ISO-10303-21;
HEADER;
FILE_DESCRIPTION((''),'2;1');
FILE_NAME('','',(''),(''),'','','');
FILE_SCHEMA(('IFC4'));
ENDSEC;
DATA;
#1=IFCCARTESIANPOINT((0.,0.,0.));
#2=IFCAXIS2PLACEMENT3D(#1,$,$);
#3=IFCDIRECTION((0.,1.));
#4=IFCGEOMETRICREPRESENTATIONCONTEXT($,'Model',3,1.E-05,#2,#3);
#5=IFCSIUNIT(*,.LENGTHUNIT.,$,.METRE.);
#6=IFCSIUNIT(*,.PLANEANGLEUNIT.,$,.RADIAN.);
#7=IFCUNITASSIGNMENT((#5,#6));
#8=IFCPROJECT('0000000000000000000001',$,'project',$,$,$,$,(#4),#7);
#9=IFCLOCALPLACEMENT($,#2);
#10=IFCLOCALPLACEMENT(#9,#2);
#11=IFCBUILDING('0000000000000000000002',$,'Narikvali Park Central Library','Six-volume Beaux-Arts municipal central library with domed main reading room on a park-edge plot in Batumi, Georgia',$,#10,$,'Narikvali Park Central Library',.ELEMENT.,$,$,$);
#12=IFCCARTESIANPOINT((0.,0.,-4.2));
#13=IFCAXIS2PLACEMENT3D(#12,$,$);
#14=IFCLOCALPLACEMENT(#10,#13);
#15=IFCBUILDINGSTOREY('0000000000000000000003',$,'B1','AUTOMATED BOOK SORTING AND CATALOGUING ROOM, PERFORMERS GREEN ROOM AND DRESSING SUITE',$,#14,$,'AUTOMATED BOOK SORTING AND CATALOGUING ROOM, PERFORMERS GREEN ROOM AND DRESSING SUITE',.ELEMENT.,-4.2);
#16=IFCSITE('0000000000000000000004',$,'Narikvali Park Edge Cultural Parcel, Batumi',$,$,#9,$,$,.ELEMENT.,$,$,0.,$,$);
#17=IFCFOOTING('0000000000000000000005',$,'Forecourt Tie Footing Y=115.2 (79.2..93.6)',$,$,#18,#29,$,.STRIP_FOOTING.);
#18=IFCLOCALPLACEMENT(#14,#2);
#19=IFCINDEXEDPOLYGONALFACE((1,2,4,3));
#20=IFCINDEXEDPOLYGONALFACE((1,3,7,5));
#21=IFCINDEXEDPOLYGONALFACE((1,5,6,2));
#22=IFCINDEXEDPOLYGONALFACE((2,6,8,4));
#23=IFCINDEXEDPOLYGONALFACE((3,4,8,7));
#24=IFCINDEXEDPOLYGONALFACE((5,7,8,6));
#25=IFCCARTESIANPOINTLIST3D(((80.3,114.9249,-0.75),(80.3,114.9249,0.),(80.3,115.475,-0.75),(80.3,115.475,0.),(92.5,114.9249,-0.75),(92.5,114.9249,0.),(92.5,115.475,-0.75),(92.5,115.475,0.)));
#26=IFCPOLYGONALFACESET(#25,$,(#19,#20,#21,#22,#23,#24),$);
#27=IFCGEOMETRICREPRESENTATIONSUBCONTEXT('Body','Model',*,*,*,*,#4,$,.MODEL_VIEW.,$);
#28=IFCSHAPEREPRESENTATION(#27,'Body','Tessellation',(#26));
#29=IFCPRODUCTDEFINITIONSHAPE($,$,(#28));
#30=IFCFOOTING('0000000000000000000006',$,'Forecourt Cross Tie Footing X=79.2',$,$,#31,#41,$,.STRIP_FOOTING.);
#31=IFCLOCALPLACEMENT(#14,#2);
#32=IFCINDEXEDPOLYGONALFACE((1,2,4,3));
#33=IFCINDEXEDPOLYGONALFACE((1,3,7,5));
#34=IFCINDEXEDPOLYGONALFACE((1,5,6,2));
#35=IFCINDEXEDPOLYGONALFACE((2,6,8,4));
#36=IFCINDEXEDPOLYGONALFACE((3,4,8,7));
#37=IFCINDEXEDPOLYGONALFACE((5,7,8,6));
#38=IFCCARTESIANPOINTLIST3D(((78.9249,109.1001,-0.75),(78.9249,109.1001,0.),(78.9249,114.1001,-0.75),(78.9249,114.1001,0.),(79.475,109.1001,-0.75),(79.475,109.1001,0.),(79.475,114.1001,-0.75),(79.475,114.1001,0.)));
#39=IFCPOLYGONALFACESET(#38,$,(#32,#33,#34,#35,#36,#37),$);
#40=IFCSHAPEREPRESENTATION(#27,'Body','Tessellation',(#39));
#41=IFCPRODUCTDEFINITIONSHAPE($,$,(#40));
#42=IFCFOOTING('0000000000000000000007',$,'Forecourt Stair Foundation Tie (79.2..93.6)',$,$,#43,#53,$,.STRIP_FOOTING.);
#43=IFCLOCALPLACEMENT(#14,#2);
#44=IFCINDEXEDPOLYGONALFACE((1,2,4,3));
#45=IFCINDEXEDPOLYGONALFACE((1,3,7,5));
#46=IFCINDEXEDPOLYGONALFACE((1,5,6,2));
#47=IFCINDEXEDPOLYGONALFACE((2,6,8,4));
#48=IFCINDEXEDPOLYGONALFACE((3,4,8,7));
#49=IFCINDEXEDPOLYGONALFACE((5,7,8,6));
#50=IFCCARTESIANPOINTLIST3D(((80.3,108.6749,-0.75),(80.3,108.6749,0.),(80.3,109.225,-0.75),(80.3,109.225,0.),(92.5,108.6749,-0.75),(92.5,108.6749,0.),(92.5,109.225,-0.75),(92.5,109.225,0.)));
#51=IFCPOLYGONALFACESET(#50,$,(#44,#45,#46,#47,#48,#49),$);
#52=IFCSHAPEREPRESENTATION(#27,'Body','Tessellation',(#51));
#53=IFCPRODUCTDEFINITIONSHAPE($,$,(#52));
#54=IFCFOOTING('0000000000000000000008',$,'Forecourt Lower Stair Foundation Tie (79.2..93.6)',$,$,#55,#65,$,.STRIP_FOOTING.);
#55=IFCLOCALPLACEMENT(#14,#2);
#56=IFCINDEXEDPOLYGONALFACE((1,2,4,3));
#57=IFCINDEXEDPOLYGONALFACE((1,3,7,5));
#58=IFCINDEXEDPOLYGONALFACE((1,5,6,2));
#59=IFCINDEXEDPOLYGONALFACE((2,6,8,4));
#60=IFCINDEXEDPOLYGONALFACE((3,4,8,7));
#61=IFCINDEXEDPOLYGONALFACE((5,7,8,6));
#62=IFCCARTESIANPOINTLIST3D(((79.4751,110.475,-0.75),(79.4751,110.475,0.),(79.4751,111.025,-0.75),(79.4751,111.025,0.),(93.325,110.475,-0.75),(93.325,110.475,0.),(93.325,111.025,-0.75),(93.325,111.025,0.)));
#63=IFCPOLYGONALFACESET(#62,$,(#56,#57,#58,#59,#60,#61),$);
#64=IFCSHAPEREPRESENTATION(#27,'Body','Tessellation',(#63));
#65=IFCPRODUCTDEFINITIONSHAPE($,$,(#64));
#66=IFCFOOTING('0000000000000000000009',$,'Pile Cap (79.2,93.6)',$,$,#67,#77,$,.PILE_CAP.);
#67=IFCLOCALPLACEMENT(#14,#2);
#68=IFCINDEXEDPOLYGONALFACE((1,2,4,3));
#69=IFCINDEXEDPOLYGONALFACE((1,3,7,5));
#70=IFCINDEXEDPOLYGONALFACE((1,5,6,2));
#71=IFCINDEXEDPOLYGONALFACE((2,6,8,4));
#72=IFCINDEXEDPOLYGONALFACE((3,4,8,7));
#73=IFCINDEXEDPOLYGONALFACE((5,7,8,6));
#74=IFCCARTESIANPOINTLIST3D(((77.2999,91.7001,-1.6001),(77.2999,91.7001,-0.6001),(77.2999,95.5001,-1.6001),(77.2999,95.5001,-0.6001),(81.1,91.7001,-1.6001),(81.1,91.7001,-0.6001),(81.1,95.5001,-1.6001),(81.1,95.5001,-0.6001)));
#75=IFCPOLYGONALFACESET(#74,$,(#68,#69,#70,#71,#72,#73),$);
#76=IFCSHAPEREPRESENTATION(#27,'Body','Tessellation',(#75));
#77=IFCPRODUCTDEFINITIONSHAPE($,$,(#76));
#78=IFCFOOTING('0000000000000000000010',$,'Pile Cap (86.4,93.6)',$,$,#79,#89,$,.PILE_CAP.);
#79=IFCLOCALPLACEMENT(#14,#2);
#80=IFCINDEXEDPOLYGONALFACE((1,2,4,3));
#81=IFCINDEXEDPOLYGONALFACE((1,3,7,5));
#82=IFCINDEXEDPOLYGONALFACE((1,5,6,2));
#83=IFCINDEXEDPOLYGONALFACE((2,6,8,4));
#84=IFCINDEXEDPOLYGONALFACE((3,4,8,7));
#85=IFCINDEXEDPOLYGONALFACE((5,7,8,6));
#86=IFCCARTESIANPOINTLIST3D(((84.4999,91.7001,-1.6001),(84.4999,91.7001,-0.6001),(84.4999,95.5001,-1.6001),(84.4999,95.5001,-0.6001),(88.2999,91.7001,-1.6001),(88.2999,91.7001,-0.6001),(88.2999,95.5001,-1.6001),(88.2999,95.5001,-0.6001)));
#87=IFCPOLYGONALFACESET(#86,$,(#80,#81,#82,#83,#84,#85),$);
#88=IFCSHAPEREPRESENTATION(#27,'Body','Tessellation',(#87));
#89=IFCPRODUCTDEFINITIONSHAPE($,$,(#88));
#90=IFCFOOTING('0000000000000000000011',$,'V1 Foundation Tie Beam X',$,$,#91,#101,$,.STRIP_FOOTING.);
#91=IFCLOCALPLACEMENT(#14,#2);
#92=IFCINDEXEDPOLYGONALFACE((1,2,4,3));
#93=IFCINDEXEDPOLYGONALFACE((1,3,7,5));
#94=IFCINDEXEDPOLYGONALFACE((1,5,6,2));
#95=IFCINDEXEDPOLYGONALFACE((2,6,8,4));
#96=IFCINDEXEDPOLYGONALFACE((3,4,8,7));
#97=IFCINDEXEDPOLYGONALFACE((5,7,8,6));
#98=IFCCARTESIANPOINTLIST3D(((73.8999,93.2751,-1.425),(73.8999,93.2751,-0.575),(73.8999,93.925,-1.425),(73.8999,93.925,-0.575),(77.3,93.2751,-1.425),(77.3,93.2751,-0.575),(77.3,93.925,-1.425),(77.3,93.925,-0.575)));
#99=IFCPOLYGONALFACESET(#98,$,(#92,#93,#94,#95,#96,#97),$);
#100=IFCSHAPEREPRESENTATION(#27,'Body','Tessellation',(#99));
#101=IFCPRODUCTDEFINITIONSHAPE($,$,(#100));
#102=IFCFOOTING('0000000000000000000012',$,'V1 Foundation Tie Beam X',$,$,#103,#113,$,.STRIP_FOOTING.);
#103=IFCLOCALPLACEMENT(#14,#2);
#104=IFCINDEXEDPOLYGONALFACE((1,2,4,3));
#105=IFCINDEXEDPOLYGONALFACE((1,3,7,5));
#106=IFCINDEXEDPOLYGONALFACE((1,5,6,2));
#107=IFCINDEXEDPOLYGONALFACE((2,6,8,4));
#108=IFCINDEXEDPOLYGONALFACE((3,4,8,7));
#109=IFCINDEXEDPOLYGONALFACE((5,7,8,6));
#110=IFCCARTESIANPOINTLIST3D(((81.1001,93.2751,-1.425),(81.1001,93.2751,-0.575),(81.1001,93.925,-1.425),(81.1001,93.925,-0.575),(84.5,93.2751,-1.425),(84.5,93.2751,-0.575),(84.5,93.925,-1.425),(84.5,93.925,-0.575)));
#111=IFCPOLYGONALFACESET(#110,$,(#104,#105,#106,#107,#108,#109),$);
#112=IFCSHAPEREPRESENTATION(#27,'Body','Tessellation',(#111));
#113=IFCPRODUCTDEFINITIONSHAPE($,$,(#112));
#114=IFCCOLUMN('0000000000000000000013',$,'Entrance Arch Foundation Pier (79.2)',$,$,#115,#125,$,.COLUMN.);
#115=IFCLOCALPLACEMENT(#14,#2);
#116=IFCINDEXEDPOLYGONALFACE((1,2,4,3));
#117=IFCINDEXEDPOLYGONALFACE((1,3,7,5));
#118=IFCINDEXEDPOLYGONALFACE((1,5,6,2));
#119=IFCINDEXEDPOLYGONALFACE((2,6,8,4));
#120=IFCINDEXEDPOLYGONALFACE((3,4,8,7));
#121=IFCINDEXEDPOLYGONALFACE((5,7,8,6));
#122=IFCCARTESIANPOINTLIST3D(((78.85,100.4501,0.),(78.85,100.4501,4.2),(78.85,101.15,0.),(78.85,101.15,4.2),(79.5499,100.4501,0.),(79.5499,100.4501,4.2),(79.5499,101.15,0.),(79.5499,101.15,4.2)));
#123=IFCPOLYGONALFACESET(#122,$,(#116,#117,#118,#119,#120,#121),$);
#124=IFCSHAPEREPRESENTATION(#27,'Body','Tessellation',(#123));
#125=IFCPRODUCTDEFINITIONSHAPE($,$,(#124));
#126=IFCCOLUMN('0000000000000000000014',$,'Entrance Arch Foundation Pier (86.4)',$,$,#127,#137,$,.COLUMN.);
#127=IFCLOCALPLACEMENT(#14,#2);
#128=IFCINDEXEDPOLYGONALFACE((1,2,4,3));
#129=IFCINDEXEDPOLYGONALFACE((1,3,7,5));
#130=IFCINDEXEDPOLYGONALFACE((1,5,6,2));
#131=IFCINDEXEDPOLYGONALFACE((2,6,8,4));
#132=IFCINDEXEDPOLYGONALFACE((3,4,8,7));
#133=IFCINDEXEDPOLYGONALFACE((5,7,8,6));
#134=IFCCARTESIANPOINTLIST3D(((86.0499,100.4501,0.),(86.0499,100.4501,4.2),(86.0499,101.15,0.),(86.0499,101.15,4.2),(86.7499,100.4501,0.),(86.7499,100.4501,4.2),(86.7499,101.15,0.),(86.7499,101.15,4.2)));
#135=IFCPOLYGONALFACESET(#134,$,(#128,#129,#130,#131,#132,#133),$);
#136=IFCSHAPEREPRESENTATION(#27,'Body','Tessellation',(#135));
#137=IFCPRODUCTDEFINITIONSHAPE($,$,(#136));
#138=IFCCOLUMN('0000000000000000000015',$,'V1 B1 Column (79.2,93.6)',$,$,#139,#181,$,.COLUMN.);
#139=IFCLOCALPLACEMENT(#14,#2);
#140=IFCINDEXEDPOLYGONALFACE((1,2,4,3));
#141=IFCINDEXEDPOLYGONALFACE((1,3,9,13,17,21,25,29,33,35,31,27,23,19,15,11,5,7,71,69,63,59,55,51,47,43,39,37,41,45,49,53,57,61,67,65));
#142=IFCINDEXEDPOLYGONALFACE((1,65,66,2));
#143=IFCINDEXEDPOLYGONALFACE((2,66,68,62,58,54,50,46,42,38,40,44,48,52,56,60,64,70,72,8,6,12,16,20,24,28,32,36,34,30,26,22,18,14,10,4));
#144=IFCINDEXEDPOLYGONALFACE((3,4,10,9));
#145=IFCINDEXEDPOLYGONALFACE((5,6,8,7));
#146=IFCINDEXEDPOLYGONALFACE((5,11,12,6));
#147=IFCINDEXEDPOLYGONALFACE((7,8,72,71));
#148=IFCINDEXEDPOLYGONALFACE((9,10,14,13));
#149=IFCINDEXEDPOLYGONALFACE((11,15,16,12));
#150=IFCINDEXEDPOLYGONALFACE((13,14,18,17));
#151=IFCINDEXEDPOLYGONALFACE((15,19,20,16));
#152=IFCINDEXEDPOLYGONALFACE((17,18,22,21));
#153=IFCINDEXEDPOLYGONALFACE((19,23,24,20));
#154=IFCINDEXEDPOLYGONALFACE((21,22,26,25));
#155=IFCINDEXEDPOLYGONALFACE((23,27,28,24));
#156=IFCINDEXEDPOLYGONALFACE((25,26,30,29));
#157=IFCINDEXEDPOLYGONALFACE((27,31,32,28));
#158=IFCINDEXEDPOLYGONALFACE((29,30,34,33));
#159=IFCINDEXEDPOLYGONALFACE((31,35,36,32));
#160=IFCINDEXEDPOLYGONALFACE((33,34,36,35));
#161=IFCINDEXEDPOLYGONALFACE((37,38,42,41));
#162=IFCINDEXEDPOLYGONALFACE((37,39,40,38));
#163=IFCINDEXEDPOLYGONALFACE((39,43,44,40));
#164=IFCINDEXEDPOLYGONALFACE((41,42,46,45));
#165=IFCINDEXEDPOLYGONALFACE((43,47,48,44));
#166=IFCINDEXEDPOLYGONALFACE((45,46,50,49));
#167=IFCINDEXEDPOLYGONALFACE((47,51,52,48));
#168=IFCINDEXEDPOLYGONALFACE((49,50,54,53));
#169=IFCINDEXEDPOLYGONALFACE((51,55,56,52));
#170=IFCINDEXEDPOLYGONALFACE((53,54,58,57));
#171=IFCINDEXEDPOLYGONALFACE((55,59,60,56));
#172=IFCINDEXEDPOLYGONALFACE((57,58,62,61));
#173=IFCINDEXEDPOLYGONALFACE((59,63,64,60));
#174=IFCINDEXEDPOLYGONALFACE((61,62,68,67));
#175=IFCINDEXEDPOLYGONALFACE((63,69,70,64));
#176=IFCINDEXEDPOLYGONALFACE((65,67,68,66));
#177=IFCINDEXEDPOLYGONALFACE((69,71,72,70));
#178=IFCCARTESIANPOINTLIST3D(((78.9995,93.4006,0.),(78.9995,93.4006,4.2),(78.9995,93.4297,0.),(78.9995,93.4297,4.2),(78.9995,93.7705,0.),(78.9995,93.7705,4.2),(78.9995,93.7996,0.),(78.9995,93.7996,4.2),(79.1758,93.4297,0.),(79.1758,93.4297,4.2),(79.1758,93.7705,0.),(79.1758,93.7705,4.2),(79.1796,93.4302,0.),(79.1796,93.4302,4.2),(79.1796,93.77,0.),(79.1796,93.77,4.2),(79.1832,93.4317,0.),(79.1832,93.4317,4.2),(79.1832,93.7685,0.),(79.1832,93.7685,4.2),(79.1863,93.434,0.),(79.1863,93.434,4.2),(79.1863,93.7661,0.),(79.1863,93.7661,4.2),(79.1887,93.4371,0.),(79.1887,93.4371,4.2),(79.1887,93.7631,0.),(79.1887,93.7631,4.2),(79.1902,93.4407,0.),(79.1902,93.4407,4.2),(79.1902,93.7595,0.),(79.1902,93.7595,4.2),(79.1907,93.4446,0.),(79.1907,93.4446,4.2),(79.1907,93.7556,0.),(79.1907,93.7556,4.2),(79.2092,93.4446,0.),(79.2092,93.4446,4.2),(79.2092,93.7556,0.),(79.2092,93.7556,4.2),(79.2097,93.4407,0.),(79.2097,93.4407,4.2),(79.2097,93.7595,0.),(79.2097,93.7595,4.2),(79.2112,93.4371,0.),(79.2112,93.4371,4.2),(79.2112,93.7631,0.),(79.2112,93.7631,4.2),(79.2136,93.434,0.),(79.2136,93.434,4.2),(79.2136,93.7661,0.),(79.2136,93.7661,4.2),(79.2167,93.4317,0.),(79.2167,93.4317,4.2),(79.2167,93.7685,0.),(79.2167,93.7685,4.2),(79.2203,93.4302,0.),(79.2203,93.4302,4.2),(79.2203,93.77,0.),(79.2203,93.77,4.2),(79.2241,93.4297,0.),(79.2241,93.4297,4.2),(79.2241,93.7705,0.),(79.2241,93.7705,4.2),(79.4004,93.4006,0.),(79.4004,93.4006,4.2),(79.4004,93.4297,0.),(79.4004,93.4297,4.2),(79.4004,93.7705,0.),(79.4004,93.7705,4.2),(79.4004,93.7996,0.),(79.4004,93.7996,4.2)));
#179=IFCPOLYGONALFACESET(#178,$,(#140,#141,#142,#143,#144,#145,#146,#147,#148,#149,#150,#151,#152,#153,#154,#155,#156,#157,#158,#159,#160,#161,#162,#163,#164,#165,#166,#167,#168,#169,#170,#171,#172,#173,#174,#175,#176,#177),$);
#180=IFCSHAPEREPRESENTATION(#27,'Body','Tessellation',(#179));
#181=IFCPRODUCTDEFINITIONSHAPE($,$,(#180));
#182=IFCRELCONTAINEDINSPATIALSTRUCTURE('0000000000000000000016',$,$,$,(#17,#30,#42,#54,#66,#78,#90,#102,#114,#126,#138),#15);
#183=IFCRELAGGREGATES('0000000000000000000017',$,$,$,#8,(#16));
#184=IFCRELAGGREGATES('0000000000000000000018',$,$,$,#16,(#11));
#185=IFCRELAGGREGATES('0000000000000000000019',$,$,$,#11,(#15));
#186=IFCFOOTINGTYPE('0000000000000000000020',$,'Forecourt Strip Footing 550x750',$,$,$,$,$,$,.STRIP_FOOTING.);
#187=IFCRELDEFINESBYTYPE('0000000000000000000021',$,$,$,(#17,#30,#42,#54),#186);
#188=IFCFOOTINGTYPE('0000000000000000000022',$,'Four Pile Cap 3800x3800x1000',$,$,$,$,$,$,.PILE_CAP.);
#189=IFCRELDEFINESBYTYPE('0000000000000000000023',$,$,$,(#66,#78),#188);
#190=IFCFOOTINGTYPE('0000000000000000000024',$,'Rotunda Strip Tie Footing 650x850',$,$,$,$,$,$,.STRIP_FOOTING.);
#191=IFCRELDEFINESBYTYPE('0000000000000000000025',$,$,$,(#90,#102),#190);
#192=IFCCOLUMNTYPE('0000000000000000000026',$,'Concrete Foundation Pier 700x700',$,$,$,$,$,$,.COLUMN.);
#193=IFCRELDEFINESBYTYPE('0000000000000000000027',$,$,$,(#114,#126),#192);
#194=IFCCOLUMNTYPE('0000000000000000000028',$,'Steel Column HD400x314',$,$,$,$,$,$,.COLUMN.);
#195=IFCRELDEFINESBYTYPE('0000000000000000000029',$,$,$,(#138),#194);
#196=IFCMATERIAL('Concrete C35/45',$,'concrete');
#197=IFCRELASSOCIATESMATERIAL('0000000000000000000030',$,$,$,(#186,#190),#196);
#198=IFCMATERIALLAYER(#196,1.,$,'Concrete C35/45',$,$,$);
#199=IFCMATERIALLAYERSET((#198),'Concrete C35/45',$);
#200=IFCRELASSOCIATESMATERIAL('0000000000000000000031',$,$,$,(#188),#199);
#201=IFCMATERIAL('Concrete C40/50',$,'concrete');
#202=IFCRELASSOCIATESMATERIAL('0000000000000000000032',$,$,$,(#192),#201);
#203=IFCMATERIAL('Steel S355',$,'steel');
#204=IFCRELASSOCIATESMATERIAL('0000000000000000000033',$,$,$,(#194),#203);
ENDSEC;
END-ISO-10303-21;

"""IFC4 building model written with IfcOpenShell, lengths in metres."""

from ifc_helpers import new_model, si_unit, direction, frame, origin, origin_2d, place, context, subcontext, project, spatial, rectangle, i_section, extrude, material, layer, layer_set, material_profile, profile_set, type_object, element, save


model = new_model("IFC4")

# Units and contexts
model_context = context("Model", 3, precision=1e-05, world=origin(), true_north=direction((0.0, 1.0)))
body_context = subcontext(model_context, "Body", "Model", "MODEL_VIEW")
ifc_project = project(units=[si_unit("LENGTHUNIT", "METRE"), si_unit("PLANEANGLEUNIT", "RADIAN")], contexts=[model_context])

# Site, building, storey
site_placement = place(None, origin())
site = spatial("IfcSite", under=ifc_project, at=site_placement, Name="Narikvali Park Edge Cultural Parcel, Batumi", CompositionType="ELEMENT", RefElevation=0.0)
building_placement = place(site_placement, origin())
building = spatial("IfcBuilding", under=site, at=building_placement, Name="Narikvali Park Central Library", Description="Six-volume Beaux-Arts municipal central library with domed main reading room on a park-edge plot in Batumi, Georgia", LongName="Narikvali Park Central Library", CompositionType="ELEMENT")
storey_placement = place(building_placement, frame((0.0, 0.0, -4.2)))
storey = spatial("IfcBuildingStorey", under=building, at=storey_placement, Name="B1", Description="AUTOMATED BOOK SORTING AND CATALOGUING ROOM, PERFORMERS GREEN ROOM AND DRESSING SUITE", LongName="AUTOMATED BOOK SORTING AND CATALOGUING ROOM, PERFORMERS GREEN ROOM AND DRESSING SUITE", CompositionType="ELEMENT", Elevation=-4.2)

# Shared definitions
ifc_material_1 = material(Name="Concrete C35/45", Category="concrete")

# Footings
ifc_material_profile_1 = material_profile(ifc_material_1, rectangle(XDim=0.55, YDim=0.75, at=origin_2d()), Name="RC GB 550x750")
ifc_profile_set_1 = profile_set([ifc_material_profile_1], Name="Concrete C35/45")
footing_type_1 = type_object("IfcFootingType", Name="Forecourt Strip Footing 550x750", PredefinedType="STRIP_FOOTING", material=ifc_profile_set_1)
for number, where, z_axis, x_axis, name in (
    (1, (80.3, 115.2, -0.375), (1.0, 0.0, 0.0), (0.0, 1.0, 0.0), "Forecourt Tie Footing Y=115.2 (79.2..93.6)"),
):
    element("IfcFooting", number, at=place(storey_placement, frame(where, z_axis=z_axis, x_axis=x_axis)), inside=storey, type_object=footing_type_1, Name=name, PredefinedType="STRIP_FOOTING", context=body_context, shape_type="SweptSolid", body=[
        extrude(rectangle(XDim=0.55, YDim=0.75, at=origin_2d()), origin(), (0.0, 0.0, 1.0), 12.2),
    ])
footing_1_placement = place(storey_placement, frame((79.2, 109.1001, -0.375), z_axis=(0.0, 1.0, 0.0), x_axis=(-1.0, 0.0, 0.0)))
element("IfcFooting", 2, at=footing_1_placement, inside=storey, type_object=footing_type_1, Name="Forecourt Cross Tie Footing X=79.2", PredefinedType="STRIP_FOOTING", context=body_context, shape_type="SweptSolid", body=[
    extrude(rectangle(XDim=0.55, YDim=0.75, at=origin_2d()), origin(), (0.0, 0.0, 1.0), 5.0),
])
footing_2_placement = place(storey_placement, frame((80.3, 108.95, -0.375), z_axis=(1.0, 0.0, 0.0), x_axis=(0.0, 1.0, 0.0)))
element("IfcFooting", 3, at=footing_2_placement, inside=storey, type_object=footing_type_1, Name="Forecourt Stair Foundation Tie (79.2..93.6)", PredefinedType="STRIP_FOOTING", context=body_context, shape_type="SweptSolid", body=[
    extrude(rectangle(XDim=0.55, YDim=0.75, at=origin_2d()), origin(), (0.0, 0.0, 1.0), 12.2),
])
footing_3_placement = place(storey_placement, frame((79.4751, 110.75, -0.375), z_axis=(1.0, 0.0, 0.0), x_axis=(0.0, 1.0, 0.0)))
element("IfcFooting", 4, at=footing_3_placement, inside=storey, type_object=footing_type_1, Name="Forecourt Lower Stair Foundation Tie (79.2..93.6)", PredefinedType="STRIP_FOOTING", context=body_context, shape_type="SweptSolid", body=[
    extrude(rectangle(XDim=0.55, YDim=0.75, at=origin_2d()), origin(), (0.0, 0.0, 1.0), 13.8499),
])
ifc_layer_1 = layer(ifc_material_1, 1.0, Name="Concrete C35/45")
ifc_layer_set_1 = layer_set([ifc_layer_1], Name="Concrete C35/45")
footing_type_2 = type_object("IfcFootingType", Name="Four Pile Cap 3800x3800x1000", PredefinedType="PILE_CAP", material=ifc_layer_set_1)
for number, where, z_axis, x_axis, name in (
    (5, (79.2, 93.6001, -1.6001), (0.0, 0.0, 1.0), (1.0, 0.0, 0.0), "Pile Cap (79.2,93.6)"),
    (6, (86.3999, 93.6001, -1.6001), (0.0, 0.0, 1.0), (1.0, 0.0, 0.0), "Pile Cap (86.4,93.6)"),
):
    element("IfcFooting", number, at=place(storey_placement, frame(where, z_axis=z_axis, x_axis=x_axis)), inside=storey, type_object=footing_type_2, Name=name, PredefinedType="PILE_CAP", context=body_context, shape_type="SweptSolid", body=[
        extrude(rectangle(XDim=3.8, YDim=3.8, at=origin_2d()), origin(), (0.0, 0.0, 1.0), 1.0),
    ])
ifc_material_profile_2 = material_profile(ifc_material_1, rectangle(XDim=0.6499, YDim=0.8501, at=origin_2d()), Name="RC GB 650x850")
ifc_profile_set_2 = profile_set([ifc_material_profile_2], Name="Concrete C35/45")
footing_type_3 = type_object("IfcFootingType", Name="Rotunda Strip Tie Footing 650x850", PredefinedType="STRIP_FOOTING", material=ifc_profile_set_2)
footing_4_placement = place(storey_placement, frame((73.8999, 93.6001, -1.0), z_axis=(1.0, 0.0, 0.0), x_axis=(0.0, 1.0, 0.0)))
element("IfcFooting", 7, at=footing_4_placement, inside=storey, type_object=footing_type_3, Name="V1 Foundation Tie Beam X", PredefinedType="STRIP_FOOTING", context=body_context, shape_type="SweptSolid", body=[
    extrude(rectangle(XDim=0.6499, YDim=0.8501, at=origin_2d()), origin(), (0.0, 0.0, 1.0), 3.4001),
])
footing_5_placement = place(storey_placement, frame((81.1001, 93.6001, -1.0), z_axis=(1.0, 0.0, 0.0), x_axis=(0.0, 1.0, 0.0)))
element("IfcFooting", 8, at=footing_5_placement, inside=storey, type_object=footing_type_3, Name="V1 Foundation Tie Beam X", PredefinedType="STRIP_FOOTING", context=body_context, shape_type="SweptSolid", body=[
    extrude(rectangle(XDim=0.6499, YDim=0.8501, at=origin_2d()), origin(), (0.0, 0.0, 1.0), 3.3999),
])

# Columns
ifc_material_2 = material(Name="Concrete C40/50", Category="concrete")
ifc_material_profile_3 = material_profile(ifc_material_2, rectangle(XDim=0.7, YDim=0.7, at=origin_2d()), Name="RC 700x700")
ifc_profile_set_3 = profile_set([ifc_material_profile_3], Name="Concrete C40/50")
column_type_1 = type_object("IfcColumnType", Name="Concrete Foundation Pier 700x700", PredefinedType="COLUMN", material=ifc_profile_set_3)
for number, where, z_axis, x_axis, name in (
    (9, (79.2, 100.8, 0.0), (0.0, 0.0, 1.0), (1.0, 0.0, 0.0), "Entrance Arch Foundation Pier (79.2)"),
    (10, (86.3999, 100.8, 0.0), (0.0, 0.0, 1.0), (1.0, 0.0, 0.0), "Entrance Arch Foundation Pier (86.4)"),
):
    element("IfcColumn", number, at=place(storey_placement, frame(where, z_axis=z_axis, x_axis=x_axis)), inside=storey, type_object=column_type_1, Name=name, PredefinedType="COLUMN", context=body_context, shape_type="SweptSolid", body=[
        extrude(rectangle(XDim=0.7, YDim=0.7, at=origin_2d()), origin(), (0.0, 0.0, 1.0), 4.2),
    ])
ifc_material_3 = material(Name="Steel S355", Category="steel")
ifc_material_profile_4 = material_profile(ifc_material_3, i_section(OverallWidth=0.4009, OverallDepth=0.3989, WebThickness=0.0186, FlangeThickness=0.0291, FilletRadius=0.0149, at=origin_2d()), Name="HD 400x314")
ifc_profile_set_4 = profile_set([ifc_material_profile_4], Name="Steel S355")
column_type_2 = type_object("IfcColumnType", Name="Steel Column HD400x314", PredefinedType="COLUMN", material=ifc_profile_set_4)
for number, where, z_axis, x_axis, name in (
    (11, (79.2, 93.6001, 0.0), (0.0, 0.0, 1.0), (1.0, 0.0, 0.0), "V1 B1 Column (79.2,93.6)"),
):
    element("IfcColumn", number, at=place(storey_placement, frame(where, z_axis=z_axis, x_axis=x_axis)), inside=storey, type_object=column_type_2, Name=name, PredefinedType="COLUMN", context=body_context, shape_type="SweptSolid", body=[
        extrude(i_section(OverallWidth=0.4009, OverallDepth=0.3989, WebThickness=0.0186, FlangeThickness=0.0291, FilletRadius=0.0149, at=origin_2d()), origin(), (0.0, 0.0, 1.0), 4.2),
    ])

save(model, "model.ifc")
